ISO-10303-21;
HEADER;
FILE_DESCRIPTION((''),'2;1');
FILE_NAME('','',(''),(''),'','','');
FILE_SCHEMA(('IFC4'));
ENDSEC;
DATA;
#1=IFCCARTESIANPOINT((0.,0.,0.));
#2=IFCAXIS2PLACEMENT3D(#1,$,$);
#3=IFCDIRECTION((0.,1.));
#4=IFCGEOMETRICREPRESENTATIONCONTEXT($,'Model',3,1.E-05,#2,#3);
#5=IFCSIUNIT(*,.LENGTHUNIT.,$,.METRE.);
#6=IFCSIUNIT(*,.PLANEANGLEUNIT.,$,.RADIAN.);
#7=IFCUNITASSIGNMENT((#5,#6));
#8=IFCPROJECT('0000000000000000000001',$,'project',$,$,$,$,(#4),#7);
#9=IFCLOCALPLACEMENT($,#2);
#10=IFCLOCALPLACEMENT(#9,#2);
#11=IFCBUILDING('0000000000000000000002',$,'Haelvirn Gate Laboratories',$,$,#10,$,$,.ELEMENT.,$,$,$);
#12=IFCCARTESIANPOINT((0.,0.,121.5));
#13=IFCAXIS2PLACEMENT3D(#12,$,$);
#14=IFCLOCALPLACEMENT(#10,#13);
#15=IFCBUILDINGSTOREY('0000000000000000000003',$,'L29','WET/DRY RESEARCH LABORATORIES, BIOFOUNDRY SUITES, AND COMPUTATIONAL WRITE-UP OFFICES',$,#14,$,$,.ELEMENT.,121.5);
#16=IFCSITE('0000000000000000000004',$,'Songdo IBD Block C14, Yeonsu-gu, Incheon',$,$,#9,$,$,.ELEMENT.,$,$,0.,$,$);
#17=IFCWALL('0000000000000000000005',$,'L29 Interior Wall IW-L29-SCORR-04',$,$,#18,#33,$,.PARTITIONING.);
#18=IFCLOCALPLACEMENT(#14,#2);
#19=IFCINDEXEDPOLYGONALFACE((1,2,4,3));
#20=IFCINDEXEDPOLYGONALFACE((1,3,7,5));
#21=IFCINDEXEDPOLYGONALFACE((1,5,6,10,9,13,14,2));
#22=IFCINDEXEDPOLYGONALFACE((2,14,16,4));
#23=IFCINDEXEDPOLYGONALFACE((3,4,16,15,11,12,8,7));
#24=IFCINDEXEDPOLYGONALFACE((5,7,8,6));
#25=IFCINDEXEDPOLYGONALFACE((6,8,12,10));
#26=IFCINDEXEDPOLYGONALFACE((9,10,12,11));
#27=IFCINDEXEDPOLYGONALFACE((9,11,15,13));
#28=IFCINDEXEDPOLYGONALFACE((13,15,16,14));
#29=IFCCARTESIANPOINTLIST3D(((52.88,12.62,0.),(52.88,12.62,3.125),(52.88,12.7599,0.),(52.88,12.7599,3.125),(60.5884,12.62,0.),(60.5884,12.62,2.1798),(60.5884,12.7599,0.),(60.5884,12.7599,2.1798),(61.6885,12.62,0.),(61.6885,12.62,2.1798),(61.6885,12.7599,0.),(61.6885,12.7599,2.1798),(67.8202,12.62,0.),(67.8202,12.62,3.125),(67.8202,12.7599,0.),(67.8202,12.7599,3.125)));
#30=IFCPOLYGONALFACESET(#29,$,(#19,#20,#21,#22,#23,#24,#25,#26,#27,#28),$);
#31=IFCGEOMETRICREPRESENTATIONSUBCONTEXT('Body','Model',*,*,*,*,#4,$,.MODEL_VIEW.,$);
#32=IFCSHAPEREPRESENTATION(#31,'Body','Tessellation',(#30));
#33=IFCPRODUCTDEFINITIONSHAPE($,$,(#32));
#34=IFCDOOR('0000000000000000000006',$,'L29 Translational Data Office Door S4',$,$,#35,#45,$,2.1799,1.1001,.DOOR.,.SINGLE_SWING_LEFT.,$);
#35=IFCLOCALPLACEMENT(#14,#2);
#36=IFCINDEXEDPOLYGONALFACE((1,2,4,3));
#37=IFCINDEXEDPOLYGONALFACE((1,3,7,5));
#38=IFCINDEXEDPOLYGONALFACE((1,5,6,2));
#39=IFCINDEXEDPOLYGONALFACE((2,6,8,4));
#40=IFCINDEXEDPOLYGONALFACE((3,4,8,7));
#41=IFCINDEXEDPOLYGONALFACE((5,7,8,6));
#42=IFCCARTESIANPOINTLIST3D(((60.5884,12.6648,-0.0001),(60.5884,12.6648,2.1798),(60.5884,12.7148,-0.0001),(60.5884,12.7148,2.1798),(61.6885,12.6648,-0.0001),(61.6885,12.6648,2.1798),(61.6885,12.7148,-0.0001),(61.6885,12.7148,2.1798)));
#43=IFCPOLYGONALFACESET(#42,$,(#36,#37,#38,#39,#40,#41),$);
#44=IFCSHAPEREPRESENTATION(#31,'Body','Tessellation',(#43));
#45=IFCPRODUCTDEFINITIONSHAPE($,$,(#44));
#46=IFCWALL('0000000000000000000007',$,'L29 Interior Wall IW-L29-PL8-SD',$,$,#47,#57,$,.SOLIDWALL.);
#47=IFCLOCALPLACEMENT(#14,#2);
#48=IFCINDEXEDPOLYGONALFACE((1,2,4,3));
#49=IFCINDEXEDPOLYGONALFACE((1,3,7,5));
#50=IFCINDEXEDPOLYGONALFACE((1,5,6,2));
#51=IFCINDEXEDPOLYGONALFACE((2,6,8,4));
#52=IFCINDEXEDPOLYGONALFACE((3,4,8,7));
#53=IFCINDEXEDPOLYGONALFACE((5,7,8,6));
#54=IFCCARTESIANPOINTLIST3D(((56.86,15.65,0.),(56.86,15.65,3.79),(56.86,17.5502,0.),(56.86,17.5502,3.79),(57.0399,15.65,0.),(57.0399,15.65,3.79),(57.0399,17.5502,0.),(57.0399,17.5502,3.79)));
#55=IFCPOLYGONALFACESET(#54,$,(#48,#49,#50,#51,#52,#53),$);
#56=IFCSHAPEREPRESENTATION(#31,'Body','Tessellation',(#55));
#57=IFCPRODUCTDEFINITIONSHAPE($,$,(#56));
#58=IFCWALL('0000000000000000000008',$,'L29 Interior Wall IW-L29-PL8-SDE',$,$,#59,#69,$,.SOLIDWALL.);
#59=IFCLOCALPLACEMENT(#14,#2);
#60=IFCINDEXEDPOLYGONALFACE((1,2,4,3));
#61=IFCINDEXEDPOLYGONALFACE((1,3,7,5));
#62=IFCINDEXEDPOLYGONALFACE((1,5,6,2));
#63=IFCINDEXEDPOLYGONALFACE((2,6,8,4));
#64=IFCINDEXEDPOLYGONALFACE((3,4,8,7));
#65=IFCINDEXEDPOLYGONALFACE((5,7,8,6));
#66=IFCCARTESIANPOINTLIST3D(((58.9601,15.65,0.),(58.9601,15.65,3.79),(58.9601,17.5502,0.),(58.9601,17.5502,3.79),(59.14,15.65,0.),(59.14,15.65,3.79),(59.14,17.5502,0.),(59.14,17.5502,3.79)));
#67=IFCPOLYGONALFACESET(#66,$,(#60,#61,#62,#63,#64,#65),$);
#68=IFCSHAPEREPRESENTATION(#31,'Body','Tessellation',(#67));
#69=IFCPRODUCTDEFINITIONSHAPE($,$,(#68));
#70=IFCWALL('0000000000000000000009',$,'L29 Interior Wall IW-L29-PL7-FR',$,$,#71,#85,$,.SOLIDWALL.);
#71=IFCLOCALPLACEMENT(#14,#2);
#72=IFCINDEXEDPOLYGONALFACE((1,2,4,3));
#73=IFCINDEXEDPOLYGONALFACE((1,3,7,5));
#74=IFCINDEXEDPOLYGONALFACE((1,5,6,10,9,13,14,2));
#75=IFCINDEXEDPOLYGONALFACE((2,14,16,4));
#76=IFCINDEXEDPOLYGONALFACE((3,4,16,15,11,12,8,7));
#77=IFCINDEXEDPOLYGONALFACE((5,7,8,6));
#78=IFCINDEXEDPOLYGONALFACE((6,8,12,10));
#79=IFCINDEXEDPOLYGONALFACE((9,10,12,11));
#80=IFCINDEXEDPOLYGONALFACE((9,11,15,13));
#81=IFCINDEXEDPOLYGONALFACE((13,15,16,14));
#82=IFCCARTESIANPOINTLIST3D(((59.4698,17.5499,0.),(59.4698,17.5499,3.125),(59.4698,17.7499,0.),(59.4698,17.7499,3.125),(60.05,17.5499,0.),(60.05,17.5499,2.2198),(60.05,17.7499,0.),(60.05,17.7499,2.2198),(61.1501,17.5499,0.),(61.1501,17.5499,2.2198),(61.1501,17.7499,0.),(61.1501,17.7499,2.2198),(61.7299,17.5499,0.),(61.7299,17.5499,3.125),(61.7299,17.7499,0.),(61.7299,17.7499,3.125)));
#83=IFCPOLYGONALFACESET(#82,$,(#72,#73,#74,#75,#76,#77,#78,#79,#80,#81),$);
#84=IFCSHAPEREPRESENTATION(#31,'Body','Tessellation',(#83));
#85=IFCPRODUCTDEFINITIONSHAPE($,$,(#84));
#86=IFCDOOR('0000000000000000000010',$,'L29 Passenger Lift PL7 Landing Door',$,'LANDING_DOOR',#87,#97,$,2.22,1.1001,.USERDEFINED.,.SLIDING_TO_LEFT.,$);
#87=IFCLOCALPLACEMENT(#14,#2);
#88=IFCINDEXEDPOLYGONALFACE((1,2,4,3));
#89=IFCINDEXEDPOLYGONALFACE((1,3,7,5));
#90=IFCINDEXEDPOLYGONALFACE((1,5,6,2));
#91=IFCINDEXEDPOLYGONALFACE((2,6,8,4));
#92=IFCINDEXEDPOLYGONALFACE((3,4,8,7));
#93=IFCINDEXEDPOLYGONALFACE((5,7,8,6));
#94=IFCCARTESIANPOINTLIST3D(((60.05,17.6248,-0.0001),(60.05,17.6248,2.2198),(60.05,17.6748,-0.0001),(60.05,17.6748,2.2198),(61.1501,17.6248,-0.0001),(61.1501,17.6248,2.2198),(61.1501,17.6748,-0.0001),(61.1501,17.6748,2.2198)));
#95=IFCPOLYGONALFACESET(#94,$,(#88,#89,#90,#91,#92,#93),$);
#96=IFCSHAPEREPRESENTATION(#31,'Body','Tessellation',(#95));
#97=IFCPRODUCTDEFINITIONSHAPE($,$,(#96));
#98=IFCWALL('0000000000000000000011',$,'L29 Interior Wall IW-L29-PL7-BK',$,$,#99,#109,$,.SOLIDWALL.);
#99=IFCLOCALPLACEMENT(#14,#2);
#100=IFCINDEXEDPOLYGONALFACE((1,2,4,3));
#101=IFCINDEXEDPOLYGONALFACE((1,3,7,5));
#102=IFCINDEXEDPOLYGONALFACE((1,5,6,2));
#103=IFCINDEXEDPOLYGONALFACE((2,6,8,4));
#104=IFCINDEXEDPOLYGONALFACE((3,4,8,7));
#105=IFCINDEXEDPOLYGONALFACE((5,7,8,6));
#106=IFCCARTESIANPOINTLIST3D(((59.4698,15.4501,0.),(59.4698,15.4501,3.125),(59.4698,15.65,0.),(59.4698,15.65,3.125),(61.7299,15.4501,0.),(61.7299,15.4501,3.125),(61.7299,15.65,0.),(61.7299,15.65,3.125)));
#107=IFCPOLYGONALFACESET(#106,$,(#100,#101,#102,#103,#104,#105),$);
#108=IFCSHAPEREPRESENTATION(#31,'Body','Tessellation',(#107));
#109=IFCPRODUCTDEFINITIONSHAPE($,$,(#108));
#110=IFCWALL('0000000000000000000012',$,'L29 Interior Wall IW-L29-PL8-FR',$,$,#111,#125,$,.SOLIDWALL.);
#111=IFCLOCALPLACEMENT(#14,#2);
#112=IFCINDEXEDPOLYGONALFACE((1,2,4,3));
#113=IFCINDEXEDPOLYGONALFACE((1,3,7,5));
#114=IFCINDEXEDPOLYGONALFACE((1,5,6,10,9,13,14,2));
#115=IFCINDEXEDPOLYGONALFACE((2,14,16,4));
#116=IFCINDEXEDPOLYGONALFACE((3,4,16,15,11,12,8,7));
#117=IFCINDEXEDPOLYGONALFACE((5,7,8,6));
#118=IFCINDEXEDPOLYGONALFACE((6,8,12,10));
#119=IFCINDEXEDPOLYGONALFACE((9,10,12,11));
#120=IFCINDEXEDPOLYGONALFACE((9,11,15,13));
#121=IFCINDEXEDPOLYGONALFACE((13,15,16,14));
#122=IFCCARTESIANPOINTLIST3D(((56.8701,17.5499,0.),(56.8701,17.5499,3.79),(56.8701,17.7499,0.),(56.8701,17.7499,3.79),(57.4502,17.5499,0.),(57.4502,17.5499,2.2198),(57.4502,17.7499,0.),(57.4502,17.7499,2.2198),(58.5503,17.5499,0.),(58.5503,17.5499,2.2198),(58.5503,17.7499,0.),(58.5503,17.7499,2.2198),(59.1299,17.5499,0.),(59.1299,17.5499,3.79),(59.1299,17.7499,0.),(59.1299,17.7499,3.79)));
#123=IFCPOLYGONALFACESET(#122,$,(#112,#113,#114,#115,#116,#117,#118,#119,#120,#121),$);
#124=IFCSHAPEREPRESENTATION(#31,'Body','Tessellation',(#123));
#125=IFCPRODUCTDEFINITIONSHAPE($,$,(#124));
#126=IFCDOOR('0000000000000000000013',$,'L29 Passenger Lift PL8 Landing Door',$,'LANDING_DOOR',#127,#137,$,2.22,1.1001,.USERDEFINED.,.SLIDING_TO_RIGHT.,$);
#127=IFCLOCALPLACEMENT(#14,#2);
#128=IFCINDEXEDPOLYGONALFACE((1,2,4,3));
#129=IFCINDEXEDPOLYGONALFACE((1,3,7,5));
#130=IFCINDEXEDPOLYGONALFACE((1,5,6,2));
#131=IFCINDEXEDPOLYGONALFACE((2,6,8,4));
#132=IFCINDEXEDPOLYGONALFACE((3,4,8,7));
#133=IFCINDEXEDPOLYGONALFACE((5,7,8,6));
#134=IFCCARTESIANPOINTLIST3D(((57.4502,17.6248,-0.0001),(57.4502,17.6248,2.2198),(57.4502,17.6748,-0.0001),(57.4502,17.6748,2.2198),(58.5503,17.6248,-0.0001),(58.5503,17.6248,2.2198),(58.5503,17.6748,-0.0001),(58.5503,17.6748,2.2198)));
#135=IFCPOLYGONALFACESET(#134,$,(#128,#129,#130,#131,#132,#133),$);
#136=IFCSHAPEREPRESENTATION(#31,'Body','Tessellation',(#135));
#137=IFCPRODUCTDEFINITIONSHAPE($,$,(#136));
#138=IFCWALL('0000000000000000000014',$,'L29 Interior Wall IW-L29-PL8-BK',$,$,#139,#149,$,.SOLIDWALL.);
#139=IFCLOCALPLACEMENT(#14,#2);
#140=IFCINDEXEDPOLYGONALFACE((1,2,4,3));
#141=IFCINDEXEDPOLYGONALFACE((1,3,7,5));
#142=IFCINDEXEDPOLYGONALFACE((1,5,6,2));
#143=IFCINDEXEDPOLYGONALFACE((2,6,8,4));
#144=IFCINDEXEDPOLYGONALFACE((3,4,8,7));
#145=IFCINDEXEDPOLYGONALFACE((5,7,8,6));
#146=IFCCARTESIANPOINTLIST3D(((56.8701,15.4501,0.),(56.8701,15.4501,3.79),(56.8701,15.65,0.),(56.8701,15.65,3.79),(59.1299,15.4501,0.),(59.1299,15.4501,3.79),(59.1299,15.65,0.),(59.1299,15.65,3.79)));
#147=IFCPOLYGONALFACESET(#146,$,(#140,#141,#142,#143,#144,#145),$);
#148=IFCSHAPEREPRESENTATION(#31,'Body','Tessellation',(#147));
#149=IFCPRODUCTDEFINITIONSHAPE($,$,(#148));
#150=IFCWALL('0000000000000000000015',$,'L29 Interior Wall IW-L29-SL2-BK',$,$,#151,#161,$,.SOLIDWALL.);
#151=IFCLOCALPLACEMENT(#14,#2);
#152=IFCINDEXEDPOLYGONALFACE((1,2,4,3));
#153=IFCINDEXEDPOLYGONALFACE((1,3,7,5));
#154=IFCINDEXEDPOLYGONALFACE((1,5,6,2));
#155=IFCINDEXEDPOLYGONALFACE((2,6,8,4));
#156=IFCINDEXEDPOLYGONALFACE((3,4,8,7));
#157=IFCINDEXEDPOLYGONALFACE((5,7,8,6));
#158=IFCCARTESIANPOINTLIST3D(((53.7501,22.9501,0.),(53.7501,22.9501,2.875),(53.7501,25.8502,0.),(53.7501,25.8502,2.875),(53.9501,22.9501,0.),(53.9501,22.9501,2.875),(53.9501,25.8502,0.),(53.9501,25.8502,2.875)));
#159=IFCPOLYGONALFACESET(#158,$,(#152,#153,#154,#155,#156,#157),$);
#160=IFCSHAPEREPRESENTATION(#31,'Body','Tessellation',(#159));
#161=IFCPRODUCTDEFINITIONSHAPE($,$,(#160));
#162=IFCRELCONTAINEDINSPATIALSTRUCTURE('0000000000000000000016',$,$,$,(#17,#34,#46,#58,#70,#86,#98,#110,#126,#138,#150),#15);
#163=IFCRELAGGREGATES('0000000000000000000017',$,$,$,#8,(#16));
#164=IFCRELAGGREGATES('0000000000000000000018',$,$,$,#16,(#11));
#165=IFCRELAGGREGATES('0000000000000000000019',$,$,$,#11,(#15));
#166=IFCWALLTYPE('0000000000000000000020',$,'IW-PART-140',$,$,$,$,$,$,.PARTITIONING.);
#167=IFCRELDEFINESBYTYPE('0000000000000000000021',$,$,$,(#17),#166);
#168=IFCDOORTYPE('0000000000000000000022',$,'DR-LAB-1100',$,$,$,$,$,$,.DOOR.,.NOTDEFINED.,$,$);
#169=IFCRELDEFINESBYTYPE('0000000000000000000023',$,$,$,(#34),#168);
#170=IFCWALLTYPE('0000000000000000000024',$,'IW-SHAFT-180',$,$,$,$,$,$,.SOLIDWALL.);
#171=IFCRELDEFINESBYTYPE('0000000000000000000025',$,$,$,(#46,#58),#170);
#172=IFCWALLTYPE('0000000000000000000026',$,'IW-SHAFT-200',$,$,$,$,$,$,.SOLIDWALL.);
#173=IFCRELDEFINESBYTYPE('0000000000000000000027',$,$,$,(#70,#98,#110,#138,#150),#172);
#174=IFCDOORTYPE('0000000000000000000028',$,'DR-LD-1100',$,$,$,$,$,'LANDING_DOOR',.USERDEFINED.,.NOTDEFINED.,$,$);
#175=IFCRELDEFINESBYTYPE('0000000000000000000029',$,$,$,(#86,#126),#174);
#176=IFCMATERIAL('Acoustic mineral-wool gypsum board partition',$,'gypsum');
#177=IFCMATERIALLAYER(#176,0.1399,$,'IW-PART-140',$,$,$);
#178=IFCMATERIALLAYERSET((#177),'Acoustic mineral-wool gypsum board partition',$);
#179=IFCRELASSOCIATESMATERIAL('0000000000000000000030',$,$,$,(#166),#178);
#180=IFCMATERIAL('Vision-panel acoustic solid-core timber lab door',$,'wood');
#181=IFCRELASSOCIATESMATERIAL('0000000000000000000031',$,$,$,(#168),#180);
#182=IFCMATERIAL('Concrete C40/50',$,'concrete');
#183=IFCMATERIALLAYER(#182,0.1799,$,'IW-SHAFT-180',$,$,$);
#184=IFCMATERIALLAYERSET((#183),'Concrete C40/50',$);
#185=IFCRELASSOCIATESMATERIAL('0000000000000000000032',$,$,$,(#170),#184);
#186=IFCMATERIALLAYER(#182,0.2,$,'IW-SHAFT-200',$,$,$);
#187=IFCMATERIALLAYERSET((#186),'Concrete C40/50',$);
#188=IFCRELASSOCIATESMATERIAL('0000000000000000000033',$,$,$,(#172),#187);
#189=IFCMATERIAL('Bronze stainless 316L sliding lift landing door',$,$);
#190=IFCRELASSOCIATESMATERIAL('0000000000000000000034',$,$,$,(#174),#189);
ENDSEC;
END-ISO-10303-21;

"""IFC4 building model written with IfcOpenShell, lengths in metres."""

from ifc_helpers import new_model, si_unit, direction, frame, frame_2d, origin, place, context, subcontext, project, spatial, rectangle, extrude, source, transform, mapped, material, layer, layer_set, type_object, type_shapes, element, fill, save


model = new_model("IFC4")

# Units and contexts
model_context = context("Model", 3, precision=1e-05, world=origin(), true_north=direction((0.0, 1.0)))
body_context = subcontext(model_context, "Body", "Model", "MODEL_VIEW")
ifc_project = project(units=[si_unit("LENGTHUNIT", "METRE"), si_unit("PLANEANGLEUNIT", "RADIAN")], contexts=[model_context])

# Site, building, storey
site_placement = place(None, origin())
site = spatial("IfcSite", under=ifc_project, at=site_placement, Name="Songdo IBD Block C14, Yeonsu-gu, Incheon", CompositionType="ELEMENT", RefElevation=0.0)
building_placement = place(site_placement, origin())
building = spatial("IfcBuilding", under=site, at=building_placement, Name="Haelvirn Gate Laboratories", CompositionType="ELEMENT")
storey_placement = place(building_placement, frame((0.0, 0.0, 121.5)))
storey = spatial("IfcBuildingStorey", under=building, at=storey_placement, Name="L29", Description="WET/DRY RESEARCH LABORATORIES, BIOFOUNDRY SUITES, AND COMPUTATIONAL WRITE-UP OFFICES", CompositionType="ELEMENT", Elevation=121.5)

# Wall, opening, door
ifc_material_1 = material(Name="Acoustic mineral-wool gypsum board partition", Category="gypsum")
ifc_layer_1 = layer(ifc_material_1, 0.1399, Name="IW-PART-140")
ifc_layer_set_1 = layer_set([ifc_layer_1], Name="Acoustic mineral-wool gypsum board partition")
wall_type_1 = type_object("IfcWallType", Name="IW-PART-140", PredefinedType="PARTITIONING", material=ifc_layer_set_1)
wall_1_placement = place(storey_placement, frame((52.8799, 12.6899, 0.0), z_axis=(0.0, 0.0, 1.0), x_axis=(1.0, 0.0, 0.0)))
wall_1 = element("IfcWall", 1, at=wall_1_placement, inside=storey, type_object=wall_type_1, Name="L29 Interior Wall IW-L29-SCORR-04", PredefinedType="PARTITIONING", context=body_context, shape_type="SweptSolid", body=[
    extrude(rectangle(XDim=14.9402, YDim=0.1399, at=frame_2d((7.4702, 0.0))), origin(), (0.0, 0.0, 1.0), 3.125),
])
opening_1_placement = place(wall_1_placement, frame((7.7085, 0.0, 0.0)))
opening_1 = element("IfcOpeningElement", 2, at=opening_1_placement, cuts=wall_1, PredefinedType="OPENING", context=body_context, shape_type="SweptSolid", body=[
    extrude(rectangle(XDim=1.1001, YDim=2.1799, at=frame_2d((0.55, 1.0898))), frame((0.0, 0.0801, 0.0), z_axis=(0.0, -1.0, 0.0), x_axis=(1.0, 0.0, 0.0)), (0.0, 0.0, 1.0), 0.1599),
])
ifc_material_2 = material(Name="Vision-panel acoustic solid-core timber lab door", Category="wood")
door_type_1 = type_object("IfcDoorType", Name="DR-LAB-1100", OperationType="NOTDEFINED", PredefinedType="DOOR", material=ifc_material_2)
shared_shape_1 = source(origin(), body_context, "Body", "SweptSolid", [
    extrude(rectangle(XDim=1.1001, YDim=2.1799, at=frame_2d((0.55, 1.0898))), frame((0.0, 0.0249, 0.0), z_axis=(0.0, -1.0, 0.0), x_axis=(1.0, 0.0, 0.0)), (0.0, 0.0, 1.0), 0.05),
])
type_shapes(door_type_1, [shared_shape_1])
door_1_placement = place(opening_1_placement, origin())
door_1 = element("IfcDoor", 3, at=door_1_placement, inside=storey, type_object=door_type_1, Name="L29 Translational Data Office Door S4", OperationType="SINGLE_SWING_LEFT", OverallHeight=2.1799, OverallWidth=1.1001, PredefinedType="DOOR", context=body_context, shape_type="MappedRepresentation", body=[
    mapped(shared_shape_1, transform((0.0, 0.0, 0.0), scale=1.0)),
])
fill(opening_1, door_1)

# Walls
ifc_material_3 = material(Name="Concrete C40/50", Category="concrete")
ifc_layer_2 = layer(ifc_material_3, 0.1799, Name="IW-SHAFT-180")
ifc_layer_set_2 = layer_set([ifc_layer_2], Name="Concrete C40/50")
wall_type_2 = type_object("IfcWallType", Name="IW-SHAFT-180", PredefinedType="SOLIDWALL", material=ifc_layer_set_2)
for number, where, z_axis, x_axis, name in (
    (4, (56.95, 15.6499, 0.0), (0.0, 0.0, 1.0), (0.0, 1.0, 0.0), "L29 Interior Wall IW-L29-PL8-SD"),
    (5, (59.05, 15.6499, 0.0), (0.0, 0.0, 1.0), (0.0, 1.0, 0.0), "L29 Interior Wall IW-L29-PL8-SDE"),
):
    element("IfcWall", number, at=place(storey_placement, frame(where, z_axis=z_axis, x_axis=x_axis)), inside=storey, type_object=wall_type_2, Name=name, PredefinedType="SOLIDWALL", context=body_context, shape_type="SweptSolid", body=[
        extrude(rectangle(XDim=1.9001, YDim=0.1799, at=frame_2d((0.9502, 0.0))), origin(), (0.0, 0.0, 1.0), 3.79),
    ])

# Wall, opening, door
ifc_layer_3 = layer(ifc_material_3, 0.2, Name="IW-SHAFT-200")
ifc_layer_set_3 = layer_set([ifc_layer_3], Name="Concrete C40/50")
wall_type_3 = type_object("IfcWallType", Name="IW-SHAFT-200", PredefinedType="SOLIDWALL", material=ifc_layer_set_3)
wall_2_placement = place(storey_placement, frame((59.47, 17.6499, 0.0), z_axis=(0.0, 0.0, 1.0), x_axis=(1.0, 0.0, 0.0)))
wall_2 = element("IfcWall", 6, at=wall_2_placement, inside=storey, type_object=wall_type_3, Name="L29 Interior Wall IW-L29-PL7-FR", PredefinedType="SOLIDWALL", context=body_context, shape_type="SweptSolid", body=[
    extrude(rectangle(XDim=2.26, YDim=0.2, at=frame_2d((1.1299, 0.0))), origin(), (0.0, 0.0, 1.0), 3.125),
])
opening_2_placement = place(wall_2_placement, frame((0.5801, 0.0, 0.0)))
opening_2 = element("IfcOpeningElement", 7, at=opening_2_placement, cuts=wall_2, PredefinedType="OPENING", context=body_context, shape_type="SweptSolid", body=[
    extrude(rectangle(XDim=1.1001, YDim=2.22, at=frame_2d((0.55, 1.1099))), frame((0.0, 0.1099, 0.0), z_axis=(0.0, -1.0, 0.0), x_axis=(1.0, 0.0, 0.0)), (0.0, 0.0, 1.0), 0.22),
])
ifc_material_4 = material(Name="Bronze stainless 316L sliding lift landing door")
door_type_2 = type_object("IfcDoorType", Name="DR-LD-1100", ElementType="LANDING_DOOR", OperationType="NOTDEFINED", PredefinedType="USERDEFINED", material=ifc_material_4)
shared_shape_2 = source(origin(), body_context, "Body", "SweptSolid", [
    extrude(rectangle(XDim=1.1001, YDim=2.22, at=frame_2d((0.55, 1.1099))), frame((0.0, 0.0249, 0.0), z_axis=(0.0, -1.0, 0.0), x_axis=(1.0, 0.0, 0.0)), (0.0, 0.0, 1.0), 0.05),
])
type_shapes(door_type_2, [shared_shape_2])
door_2_placement = place(opening_2_placement, origin())
door_2 = element("IfcDoor", 8, at=door_2_placement, inside=storey, type_object=door_type_2, Name="L29 Passenger Lift PL7 Landing Door", ObjectType="LANDING_DOOR", OperationType="SLIDING_TO_LEFT", OverallHeight=2.22, OverallWidth=1.1001, PredefinedType="USERDEFINED", context=body_context, shape_type="MappedRepresentation", body=[
    mapped(shared_shape_2, transform((0.0, 0.0, 0.0), scale=1.0)),
])
fill(opening_2, door_2)

# Wall
wall_3_placement = place(storey_placement, frame((59.47, 15.55, 0.0), z_axis=(0.0, 0.0, 1.0), x_axis=(1.0, 0.0, 0.0)))
element("IfcWall", 9, at=wall_3_placement, inside=storey, type_object=wall_type_3, Name="L29 Interior Wall IW-L29-PL7-BK", PredefinedType="SOLIDWALL", context=body_context, shape_type="SweptSolid", body=[
    extrude(rectangle(XDim=2.26, YDim=0.2, at=frame_2d((1.1299, 0.0))), origin(), (0.0, 0.0, 1.0), 3.125),
])

# Wall, opening, door
wall_4_placement = place(storey_placement, frame((56.8701, 17.6499, 0.0), z_axis=(0.0, 0.0, 1.0), x_axis=(1.0, 0.0, 0.0)))
wall_4 = element("IfcWall", 10, at=wall_4_placement, inside=storey, type_object=wall_type_3, Name="L29 Interior Wall IW-L29-PL8-FR", PredefinedType="SOLIDWALL", context=body_context, shape_type="SweptSolid", body=[
    extrude(rectangle(XDim=2.2598, YDim=0.2, at=frame_2d((1.1299, 0.0))), origin(), (0.0, 0.0, 1.0), 3.79),
])
opening_3_placement = place(wall_4_placement, frame((0.5801, 0.0, 0.0)))
opening_3 = element("IfcOpeningElement", 11, at=opening_3_placement, cuts=wall_4, PredefinedType="OPENING", context=body_context, shape_type="SweptSolid", body=[
    extrude(rectangle(XDim=1.1001, YDim=2.22, at=frame_2d((0.55, 1.1099))), frame((0.0, 0.1099, 0.0), z_axis=(0.0, -1.0, 0.0), x_axis=(1.0, 0.0, 0.0)), (0.0, 0.0, 1.0), 0.22),
])
door_3_placement = place(opening_3_placement, origin())
door_3 = element("IfcDoor", 12, at=door_3_placement, inside=storey, type_object=door_type_2, Name="L29 Passenger Lift PL8 Landing Door", ObjectType="LANDING_DOOR", OperationType="SLIDING_TO_RIGHT", OverallHeight=2.22, OverallWidth=1.1001, PredefinedType="USERDEFINED", context=body_context, shape_type="MappedRepresentation", body=[
    mapped(shared_shape_2, transform((0.0, 0.0, 0.0), scale=1.0)),
])
fill(opening_3, door_3)

# Walls
wall_5_placement = place(storey_placement, frame((56.8701, 15.55, 0.0), z_axis=(0.0, 0.0, 1.0), x_axis=(1.0, 0.0, 0.0)))
element("IfcWall", 13, at=wall_5_placement, inside=storey, type_object=wall_type_3, Name="L29 Interior Wall IW-L29-PL8-BK", PredefinedType="SOLIDWALL", context=body_context, shape_type="SweptSolid", body=[
    extrude(rectangle(XDim=2.2598, YDim=0.2, at=frame_2d((1.1299, 0.0))), origin(), (0.0, 0.0, 1.0), 3.79),
])
wall_6_placement = place(storey_placement, frame((53.8501, 22.95, 0.0), z_axis=(0.0, 0.0, 1.0), x_axis=(0.0, 1.0, 0.0)))
element("IfcWall", 14, at=wall_6_placement, inside=storey, type_object=wall_type_3, Name="L29 Interior Wall IW-L29-SL2-BK", PredefinedType="SOLIDWALL", context=body_context, shape_type="SweptSolid", body=[
    extrude(rectangle(XDim=2.9001, YDim=0.2, at=frame_2d((1.4502, 0.0))), origin(), (0.0, 0.0, 1.0), 2.875),
])

save(model, "model.ifc")
